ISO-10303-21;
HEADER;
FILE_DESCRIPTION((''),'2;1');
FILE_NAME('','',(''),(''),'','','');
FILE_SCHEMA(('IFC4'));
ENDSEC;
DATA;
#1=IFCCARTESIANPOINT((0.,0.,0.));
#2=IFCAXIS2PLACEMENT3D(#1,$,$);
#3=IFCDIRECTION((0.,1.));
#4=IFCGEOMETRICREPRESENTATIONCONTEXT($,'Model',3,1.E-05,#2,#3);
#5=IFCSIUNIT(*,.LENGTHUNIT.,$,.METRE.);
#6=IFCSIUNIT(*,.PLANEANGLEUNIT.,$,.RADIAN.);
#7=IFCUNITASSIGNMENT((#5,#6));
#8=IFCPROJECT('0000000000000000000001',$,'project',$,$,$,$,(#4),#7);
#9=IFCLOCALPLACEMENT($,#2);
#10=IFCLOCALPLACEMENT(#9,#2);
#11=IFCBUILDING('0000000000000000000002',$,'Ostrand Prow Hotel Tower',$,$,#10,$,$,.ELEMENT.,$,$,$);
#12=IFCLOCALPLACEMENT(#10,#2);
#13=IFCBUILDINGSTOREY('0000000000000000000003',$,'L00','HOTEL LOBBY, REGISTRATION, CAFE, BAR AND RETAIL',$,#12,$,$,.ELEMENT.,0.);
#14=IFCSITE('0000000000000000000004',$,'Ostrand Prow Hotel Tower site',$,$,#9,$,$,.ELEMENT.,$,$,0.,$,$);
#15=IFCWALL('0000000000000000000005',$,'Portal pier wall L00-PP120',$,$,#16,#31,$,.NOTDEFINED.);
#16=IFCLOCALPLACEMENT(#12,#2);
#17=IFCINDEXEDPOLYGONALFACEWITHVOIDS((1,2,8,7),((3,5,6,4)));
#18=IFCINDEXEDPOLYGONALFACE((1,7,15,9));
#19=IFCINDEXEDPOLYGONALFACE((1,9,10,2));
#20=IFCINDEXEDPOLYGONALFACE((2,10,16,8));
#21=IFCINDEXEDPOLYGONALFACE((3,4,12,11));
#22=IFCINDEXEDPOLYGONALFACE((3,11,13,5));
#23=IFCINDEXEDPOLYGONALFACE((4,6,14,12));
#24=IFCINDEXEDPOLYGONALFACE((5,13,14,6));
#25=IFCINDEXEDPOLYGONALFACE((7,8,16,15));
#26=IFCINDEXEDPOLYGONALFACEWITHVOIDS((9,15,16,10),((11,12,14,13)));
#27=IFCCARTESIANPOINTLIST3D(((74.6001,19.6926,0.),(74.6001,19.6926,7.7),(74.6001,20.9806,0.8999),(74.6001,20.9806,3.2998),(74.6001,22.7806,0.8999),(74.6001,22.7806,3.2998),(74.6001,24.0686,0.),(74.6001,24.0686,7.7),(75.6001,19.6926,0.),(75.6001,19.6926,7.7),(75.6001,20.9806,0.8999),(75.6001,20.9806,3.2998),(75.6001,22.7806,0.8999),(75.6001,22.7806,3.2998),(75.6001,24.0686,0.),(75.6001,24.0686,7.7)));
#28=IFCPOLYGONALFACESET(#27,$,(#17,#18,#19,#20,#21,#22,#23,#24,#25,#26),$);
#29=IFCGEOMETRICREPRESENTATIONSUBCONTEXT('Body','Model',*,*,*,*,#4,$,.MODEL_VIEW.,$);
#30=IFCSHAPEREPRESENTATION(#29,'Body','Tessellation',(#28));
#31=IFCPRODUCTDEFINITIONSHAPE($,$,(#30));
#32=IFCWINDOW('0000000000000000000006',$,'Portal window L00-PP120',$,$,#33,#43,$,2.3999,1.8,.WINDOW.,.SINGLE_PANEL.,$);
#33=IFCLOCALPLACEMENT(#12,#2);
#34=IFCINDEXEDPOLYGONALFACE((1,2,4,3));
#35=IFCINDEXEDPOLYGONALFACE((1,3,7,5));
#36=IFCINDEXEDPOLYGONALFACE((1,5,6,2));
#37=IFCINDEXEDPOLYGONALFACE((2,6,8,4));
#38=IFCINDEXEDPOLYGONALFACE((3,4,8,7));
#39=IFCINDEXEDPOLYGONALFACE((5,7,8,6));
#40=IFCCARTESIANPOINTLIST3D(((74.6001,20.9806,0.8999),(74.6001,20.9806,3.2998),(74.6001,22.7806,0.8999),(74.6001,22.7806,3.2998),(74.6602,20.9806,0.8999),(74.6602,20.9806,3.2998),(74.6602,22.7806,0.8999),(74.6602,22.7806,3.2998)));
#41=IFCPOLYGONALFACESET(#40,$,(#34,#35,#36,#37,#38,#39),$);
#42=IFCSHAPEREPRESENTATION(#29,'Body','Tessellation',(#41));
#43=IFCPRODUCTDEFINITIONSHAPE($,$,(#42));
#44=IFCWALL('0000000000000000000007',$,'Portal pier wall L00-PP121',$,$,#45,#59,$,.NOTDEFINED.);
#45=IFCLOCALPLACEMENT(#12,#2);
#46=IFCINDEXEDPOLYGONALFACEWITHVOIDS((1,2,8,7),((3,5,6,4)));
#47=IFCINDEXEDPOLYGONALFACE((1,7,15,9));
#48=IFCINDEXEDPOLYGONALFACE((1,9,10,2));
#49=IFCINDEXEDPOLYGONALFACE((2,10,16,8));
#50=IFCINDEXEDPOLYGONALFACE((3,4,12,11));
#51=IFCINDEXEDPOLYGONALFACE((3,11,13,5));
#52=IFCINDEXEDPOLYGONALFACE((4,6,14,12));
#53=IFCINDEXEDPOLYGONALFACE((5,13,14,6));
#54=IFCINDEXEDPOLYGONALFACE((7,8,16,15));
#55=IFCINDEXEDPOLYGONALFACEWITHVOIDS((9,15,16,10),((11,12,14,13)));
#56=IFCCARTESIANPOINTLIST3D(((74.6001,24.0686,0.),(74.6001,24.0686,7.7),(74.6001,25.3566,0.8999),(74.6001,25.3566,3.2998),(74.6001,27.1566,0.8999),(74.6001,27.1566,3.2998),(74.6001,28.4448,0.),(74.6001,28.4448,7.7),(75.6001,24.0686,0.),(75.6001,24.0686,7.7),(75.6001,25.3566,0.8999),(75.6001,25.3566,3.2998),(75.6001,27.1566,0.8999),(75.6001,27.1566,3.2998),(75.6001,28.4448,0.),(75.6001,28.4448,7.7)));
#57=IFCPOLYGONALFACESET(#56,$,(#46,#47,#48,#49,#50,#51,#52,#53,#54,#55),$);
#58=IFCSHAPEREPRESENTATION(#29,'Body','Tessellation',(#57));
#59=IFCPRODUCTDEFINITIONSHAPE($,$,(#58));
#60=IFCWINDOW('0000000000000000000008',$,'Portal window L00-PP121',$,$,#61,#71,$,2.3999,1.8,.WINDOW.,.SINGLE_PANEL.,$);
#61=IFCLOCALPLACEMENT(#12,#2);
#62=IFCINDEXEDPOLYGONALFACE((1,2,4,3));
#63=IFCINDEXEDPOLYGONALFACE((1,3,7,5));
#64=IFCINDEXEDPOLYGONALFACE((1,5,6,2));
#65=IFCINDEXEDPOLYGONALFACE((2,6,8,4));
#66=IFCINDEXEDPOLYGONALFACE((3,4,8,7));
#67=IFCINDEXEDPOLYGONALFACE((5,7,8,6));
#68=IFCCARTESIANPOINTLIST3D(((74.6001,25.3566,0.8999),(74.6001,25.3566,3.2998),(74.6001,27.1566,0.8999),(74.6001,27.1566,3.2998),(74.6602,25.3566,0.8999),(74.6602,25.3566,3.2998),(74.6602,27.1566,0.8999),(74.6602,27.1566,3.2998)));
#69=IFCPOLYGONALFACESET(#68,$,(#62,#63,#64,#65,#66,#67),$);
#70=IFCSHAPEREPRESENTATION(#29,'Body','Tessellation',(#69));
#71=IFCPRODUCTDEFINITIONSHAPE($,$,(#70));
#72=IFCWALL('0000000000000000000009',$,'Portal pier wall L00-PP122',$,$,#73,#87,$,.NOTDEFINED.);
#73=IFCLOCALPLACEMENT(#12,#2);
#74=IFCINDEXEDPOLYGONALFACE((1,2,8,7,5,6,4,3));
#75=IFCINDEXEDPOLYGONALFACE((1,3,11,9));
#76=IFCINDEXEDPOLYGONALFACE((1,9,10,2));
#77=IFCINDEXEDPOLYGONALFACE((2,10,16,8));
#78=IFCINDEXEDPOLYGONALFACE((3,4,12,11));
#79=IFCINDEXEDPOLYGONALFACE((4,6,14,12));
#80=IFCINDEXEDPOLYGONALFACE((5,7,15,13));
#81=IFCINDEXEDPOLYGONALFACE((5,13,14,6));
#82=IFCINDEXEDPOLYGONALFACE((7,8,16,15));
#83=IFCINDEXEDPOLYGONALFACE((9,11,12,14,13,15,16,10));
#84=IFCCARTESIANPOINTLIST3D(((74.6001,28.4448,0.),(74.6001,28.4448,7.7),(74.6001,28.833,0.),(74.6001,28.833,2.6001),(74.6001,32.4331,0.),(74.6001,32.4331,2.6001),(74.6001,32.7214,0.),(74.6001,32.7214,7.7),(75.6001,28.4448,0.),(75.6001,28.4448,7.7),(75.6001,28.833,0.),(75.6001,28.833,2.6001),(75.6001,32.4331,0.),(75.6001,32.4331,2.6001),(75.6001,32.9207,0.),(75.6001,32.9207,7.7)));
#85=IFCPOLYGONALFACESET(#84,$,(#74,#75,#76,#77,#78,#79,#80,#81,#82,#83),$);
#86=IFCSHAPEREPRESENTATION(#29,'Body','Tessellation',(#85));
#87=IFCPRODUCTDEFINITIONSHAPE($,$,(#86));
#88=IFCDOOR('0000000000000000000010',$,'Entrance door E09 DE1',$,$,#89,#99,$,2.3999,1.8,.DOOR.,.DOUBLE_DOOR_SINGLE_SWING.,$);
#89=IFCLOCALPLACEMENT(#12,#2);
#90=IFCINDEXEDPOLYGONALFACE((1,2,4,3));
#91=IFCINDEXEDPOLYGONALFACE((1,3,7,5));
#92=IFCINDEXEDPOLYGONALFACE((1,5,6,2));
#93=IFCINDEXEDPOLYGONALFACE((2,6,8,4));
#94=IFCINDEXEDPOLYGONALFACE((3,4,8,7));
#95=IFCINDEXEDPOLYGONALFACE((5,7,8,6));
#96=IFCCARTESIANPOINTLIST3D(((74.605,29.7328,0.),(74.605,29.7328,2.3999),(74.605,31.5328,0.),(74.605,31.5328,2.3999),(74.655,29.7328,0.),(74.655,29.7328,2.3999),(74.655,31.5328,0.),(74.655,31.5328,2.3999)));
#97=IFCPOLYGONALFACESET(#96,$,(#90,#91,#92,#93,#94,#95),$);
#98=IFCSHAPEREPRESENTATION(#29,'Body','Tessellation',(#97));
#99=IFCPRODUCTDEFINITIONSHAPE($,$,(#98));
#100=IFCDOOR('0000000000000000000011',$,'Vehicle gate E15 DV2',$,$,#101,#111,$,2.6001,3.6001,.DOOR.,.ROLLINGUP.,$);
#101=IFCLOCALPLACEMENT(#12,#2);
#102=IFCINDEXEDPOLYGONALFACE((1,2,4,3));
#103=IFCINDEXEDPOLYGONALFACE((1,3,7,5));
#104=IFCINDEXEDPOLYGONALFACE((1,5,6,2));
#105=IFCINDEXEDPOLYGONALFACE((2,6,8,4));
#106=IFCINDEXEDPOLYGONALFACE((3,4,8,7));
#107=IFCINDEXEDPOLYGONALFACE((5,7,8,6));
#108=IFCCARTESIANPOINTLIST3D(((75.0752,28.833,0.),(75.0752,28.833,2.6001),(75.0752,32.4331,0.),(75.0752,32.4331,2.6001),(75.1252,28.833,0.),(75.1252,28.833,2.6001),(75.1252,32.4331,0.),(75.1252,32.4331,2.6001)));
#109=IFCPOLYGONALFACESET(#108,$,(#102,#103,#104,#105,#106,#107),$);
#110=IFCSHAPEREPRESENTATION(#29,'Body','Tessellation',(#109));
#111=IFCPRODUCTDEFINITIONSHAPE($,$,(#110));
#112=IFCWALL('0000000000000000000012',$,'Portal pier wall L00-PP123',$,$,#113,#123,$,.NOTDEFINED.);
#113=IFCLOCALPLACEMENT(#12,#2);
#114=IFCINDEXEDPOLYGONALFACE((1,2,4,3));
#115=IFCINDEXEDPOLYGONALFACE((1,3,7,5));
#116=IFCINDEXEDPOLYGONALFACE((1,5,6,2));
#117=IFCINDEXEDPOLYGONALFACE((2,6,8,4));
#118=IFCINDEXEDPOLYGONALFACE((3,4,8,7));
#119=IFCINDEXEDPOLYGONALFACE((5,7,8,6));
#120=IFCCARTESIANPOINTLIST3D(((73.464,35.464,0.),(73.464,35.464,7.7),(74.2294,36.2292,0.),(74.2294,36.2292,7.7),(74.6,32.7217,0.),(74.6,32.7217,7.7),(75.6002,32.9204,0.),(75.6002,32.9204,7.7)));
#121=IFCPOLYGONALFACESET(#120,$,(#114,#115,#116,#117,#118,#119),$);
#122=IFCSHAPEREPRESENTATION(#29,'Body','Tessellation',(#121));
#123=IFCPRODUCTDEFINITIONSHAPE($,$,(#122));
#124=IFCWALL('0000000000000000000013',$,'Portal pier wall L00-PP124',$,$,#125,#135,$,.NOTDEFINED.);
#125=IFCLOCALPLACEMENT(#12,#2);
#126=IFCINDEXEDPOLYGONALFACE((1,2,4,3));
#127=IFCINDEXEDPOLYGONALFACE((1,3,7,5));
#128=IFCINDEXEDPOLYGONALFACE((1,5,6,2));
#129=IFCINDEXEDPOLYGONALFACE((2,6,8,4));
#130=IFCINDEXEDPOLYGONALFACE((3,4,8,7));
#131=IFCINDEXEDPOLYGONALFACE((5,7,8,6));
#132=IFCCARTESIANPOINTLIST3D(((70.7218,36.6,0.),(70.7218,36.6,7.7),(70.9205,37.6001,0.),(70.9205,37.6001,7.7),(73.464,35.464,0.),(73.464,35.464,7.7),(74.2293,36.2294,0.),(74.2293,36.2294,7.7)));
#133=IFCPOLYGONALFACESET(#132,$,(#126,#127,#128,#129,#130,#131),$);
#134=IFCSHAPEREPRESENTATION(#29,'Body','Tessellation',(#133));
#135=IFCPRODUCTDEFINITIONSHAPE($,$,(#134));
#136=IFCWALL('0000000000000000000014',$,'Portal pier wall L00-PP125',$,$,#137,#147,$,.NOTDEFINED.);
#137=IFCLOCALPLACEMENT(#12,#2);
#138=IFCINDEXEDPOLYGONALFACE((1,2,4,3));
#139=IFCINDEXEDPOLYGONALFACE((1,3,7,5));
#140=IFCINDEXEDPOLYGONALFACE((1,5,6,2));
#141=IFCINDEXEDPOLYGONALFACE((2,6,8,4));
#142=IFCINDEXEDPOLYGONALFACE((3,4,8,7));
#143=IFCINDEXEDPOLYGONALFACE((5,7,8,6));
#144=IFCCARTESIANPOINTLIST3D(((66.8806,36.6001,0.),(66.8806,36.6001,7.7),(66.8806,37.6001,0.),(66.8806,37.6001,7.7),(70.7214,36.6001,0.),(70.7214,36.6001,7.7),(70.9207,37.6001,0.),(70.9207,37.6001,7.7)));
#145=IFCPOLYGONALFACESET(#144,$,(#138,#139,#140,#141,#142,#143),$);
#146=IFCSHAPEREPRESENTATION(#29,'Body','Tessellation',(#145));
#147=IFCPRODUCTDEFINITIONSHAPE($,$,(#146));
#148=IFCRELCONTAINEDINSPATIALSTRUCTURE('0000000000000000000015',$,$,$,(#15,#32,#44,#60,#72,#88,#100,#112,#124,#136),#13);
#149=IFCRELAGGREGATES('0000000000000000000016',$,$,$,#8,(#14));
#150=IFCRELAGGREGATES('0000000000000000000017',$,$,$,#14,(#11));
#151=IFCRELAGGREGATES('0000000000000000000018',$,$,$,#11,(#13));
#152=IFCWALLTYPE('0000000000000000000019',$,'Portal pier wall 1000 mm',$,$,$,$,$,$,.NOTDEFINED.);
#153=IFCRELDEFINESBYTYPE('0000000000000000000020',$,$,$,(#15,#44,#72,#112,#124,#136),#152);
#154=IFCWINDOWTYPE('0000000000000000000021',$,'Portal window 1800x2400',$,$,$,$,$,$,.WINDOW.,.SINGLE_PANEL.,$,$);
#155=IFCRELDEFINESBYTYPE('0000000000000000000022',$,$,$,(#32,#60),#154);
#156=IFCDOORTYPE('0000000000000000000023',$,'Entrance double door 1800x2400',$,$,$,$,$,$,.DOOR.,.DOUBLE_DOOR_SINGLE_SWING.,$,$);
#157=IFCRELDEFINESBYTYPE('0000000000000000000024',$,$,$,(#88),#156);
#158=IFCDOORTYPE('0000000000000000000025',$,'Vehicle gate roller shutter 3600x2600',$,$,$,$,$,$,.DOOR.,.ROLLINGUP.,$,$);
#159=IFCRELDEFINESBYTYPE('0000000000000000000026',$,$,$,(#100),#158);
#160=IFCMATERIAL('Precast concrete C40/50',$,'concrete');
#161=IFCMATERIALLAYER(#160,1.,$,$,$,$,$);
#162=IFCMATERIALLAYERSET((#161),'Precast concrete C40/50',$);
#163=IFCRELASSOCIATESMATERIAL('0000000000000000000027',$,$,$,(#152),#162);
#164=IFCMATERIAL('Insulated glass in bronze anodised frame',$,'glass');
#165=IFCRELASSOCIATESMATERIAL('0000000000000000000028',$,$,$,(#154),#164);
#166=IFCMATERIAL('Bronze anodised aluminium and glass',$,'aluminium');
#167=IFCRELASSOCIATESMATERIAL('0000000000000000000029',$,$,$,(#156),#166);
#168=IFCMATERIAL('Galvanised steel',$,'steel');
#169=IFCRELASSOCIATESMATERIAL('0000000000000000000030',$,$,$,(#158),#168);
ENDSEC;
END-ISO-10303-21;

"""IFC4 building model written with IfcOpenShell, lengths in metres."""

from ifc_helpers import new_model, si_unit, direction, frame, frame_2d, origin, place, context, subcontext, project, spatial, polyline, rectangle, outline, extrude, material, layer, layer_set, type_object, element, fill, save


model = new_model("IFC4")

# Units and contexts
model_context = context("Model", 3, precision=1e-05, world=origin(), true_north=direction((0.0, 1.0)))
body_context = subcontext(model_context, "Body", "Model", "MODEL_VIEW")
ifc_project = project(units=[si_unit("LENGTHUNIT", "METRE"), si_unit("PLANEANGLEUNIT", "RADIAN")], contexts=[model_context])

# Site, building, storey
site_placement = place(None, origin())
site = spatial("IfcSite", under=ifc_project, at=site_placement, Name="Ostrand Prow Hotel Tower site", CompositionType="ELEMENT", RefElevation=0.0)
building_placement = place(site_placement, origin())
building = spatial("IfcBuilding", under=site, at=building_placement, Name="Ostrand Prow Hotel Tower", CompositionType="ELEMENT")
storey_placement = place(building_placement, origin())
storey = spatial("IfcBuildingStorey", under=building, at=storey_placement, Name="L00", Description="HOTEL LOBBY, REGISTRATION, CAFE, BAR AND RETAIL", CompositionType="ELEMENT", Elevation=0.0)

# Walls, openings, windows
ifc_material_1 = material(Name="Precast concrete C40/50", Category="concrete")
ifc_layer_1 = layer(ifc_material_1, 1.0)
ifc_layer_set_1 = layer_set([ifc_layer_1], Name="Precast concrete C40/50")
wall_type_1 = type_object("IfcWallType", Name="Portal pier wall 1000 mm", PredefinedType="NOTDEFINED", material=ifc_layer_set_1)
ifc_material_2 = material(Name="Insulated glass in bronze anodised frame", Category="glass")
window_type = type_object("IfcWindowType", Name="Portal window 1800x2400", PartitioningType="SINGLE_PANEL", PredefinedType="WINDOW", material=ifc_material_2)
wall_1_placement = place(storey_placement, frame((75.1001, 19.6926, 0.0), z_axis=(0.0, 0.0, 1.0), x_axis=(0.0, 1.0, 0.0)))
wall_1 = element("IfcWall", 1, at=wall_1_placement, inside=storey, type_object=wall_type_1, Name="Portal pier wall L00-PP120", PredefinedType="NOTDEFINED", context=body_context, shape_type="SweptSolid", body=[
    extrude(outline(polyline([(0.0, -0.5), (4.376, -0.5), (4.376, 0.5), (0.0, 0.5), (0.0, -0.5)])), origin(), (0.0, 0.0, 1.0), 7.7),
])
opening_1_placement = place(wall_1_placement, frame((1.2881, 0.0, 0.8999)))
opening_1 = element("IfcOpeningElement", 2, at=opening_1_placement, cuts=wall_1, PredefinedType="OPENING", context=body_context, shape_type="SweptSolid", body=[
    extrude(rectangle(XDim=1.8, YDim=2.3999, at=frame_2d((0.8999, 1.2))), frame((0.0, 0.51, 0.0), z_axis=(0.0, -1.0, 0.0), x_axis=(1.0, 0.0, 0.0)), (0.0, 0.0, 1.0), 1.02),
])
window_1_placement = place(opening_1_placement, origin())
window_1 = element("IfcWindow", 3, at=window_1_placement, inside=storey, type_object=window_type, Name="Portal window L00-PP120", OverallHeight=2.3999, OverallWidth=1.8, PartitioningType="SINGLE_PANEL", PredefinedType="WINDOW", context=body_context, shape_type="SweptSolid", body=[
    extrude(rectangle(XDim=1.8, YDim=2.3999, at=frame_2d((0.8999, 1.2))), frame((0.0, 0.5, 0.0), z_axis=(0.0, -1.0, 0.0), x_axis=(1.0, 0.0, 0.0)), (0.0, 0.0, 1.0), 0.0601),
])
fill(opening_1, window_1)
wall_2_placement = place(storey_placement, frame((75.1001, 24.0686, 0.0), z_axis=(0.0, 0.0, 1.0), x_axis=(0.0, 1.0, 0.0)))
wall_2 = element("IfcWall", 4, at=wall_2_placement, inside=storey, type_object=wall_type_1, Name="Portal pier wall L00-PP121", PredefinedType="NOTDEFINED", context=body_context, shape_type="SweptSolid", body=[
    extrude(outline(polyline([(0.0, -0.5), (4.3762, -0.5), (4.3762, 0.5), (0.0, 0.5), (0.0, -0.5)])), origin(), (0.0, 0.0, 1.0), 7.7),
])
opening_2_placement = place(wall_2_placement, frame((1.2881, 0.0, 0.8999)))
opening_2 = element("IfcOpeningElement", 5, at=opening_2_placement, cuts=wall_2, PredefinedType="OPENING", context=body_context, shape_type="SweptSolid", body=[
    extrude(rectangle(XDim=1.8, YDim=2.3999, at=frame_2d((0.8999, 1.2))), frame((0.0, 0.51, 0.0), z_axis=(0.0, -1.0, 0.0), x_axis=(1.0, 0.0, 0.0)), (0.0, 0.0, 1.0), 1.02),
])
window_2_placement = place(opening_2_placement, origin())
window_2 = element("IfcWindow", 6, at=window_2_placement, inside=storey, type_object=window_type, Name="Portal window L00-PP121", OverallHeight=2.3999, OverallWidth=1.8, PartitioningType="SINGLE_PANEL", PredefinedType="WINDOW", context=body_context, shape_type="SweptSolid", body=[
    extrude(rectangle(XDim=1.8, YDim=2.3999, at=frame_2d((0.8999, 1.2))), frame((0.0, 0.5, 0.0), z_axis=(0.0, -1.0, 0.0), x_axis=(1.0, 0.0, 0.0)), (0.0, 0.0, 1.0), 0.0601),
])
fill(opening_2, window_2)

# Wall, openings, doors
wall_3_placement = place(storey_placement, frame((75.1001, 28.4448, 0.0), z_axis=(0.0, 0.0, 1.0), x_axis=(0.0, 1.0, 0.0)))
wall_3 = element("IfcWall", 7, at=wall_3_placement, inside=storey, type_object=wall_type_1, Name="Portal pier wall L00-PP122", PredefinedType="NOTDEFINED", context=body_context, shape_type="SweptSolid", body=[
    extrude(outline(polyline([(0.0, -0.5), (4.4758, -0.5), (4.2766, 0.5), (0.0, 0.5), (0.0, -0.5)])), origin(), (0.0, 0.0, 1.0), 7.7),
])
opening_3_placement = place(wall_3_placement, frame((1.2881, 0.0, 0.0)))
opening_3 = element("IfcOpeningElement", 8, at=opening_3_placement, cuts=wall_3, PredefinedType="OPENING", context=body_context, shape_type="SweptSolid", body=[
    extrude(rectangle(XDim=1.8, YDim=2.3999, at=frame_2d((0.8999, 1.2))), frame((0.0, 0.51, 0.0), z_axis=(0.0, -1.0, 0.0), x_axis=(1.0, 0.0, 0.0)), (0.0, 0.0, 1.0), 1.02),
])
opening_4_placement = place(wall_3_placement, frame((0.3882, 0.0, 0.0)))
opening_4 = element("IfcOpeningElement", 9, at=opening_4_placement, cuts=wall_3, PredefinedType="OPENING", context=body_context, shape_type="SweptSolid", body=[
    extrude(rectangle(XDim=3.6001, YDim=2.6001, at=frame_2d((1.8, 1.3))), frame((0.0, 0.51, 0.0), z_axis=(0.0, -1.0, 0.0), x_axis=(1.0, 0.0, 0.0)), (0.0, 0.0, 1.0), 1.02),
])
ifc_material_3 = material(Name="Bronze anodised aluminium and glass", Category="aluminium")
door_type_1 = type_object("IfcDoorType", Name="Entrance double door 1800x2400", OperationType="DOUBLE_DOOR_SINGLE_SWING", PredefinedType="DOOR", material=ifc_material_3)
door_1_placement = place(opening_3_placement, origin())
door_1 = element("IfcDoor", 10, at=door_1_placement, inside=storey, type_object=door_type_1, Name="Entrance door E09 DE1", OperationType="DOUBLE_DOOR_SINGLE_SWING", OverallHeight=2.3999, OverallWidth=1.8, PredefinedType="DOOR", context=body_context, shape_type="SweptSolid", body=[
    extrude(rectangle(XDim=1.8, YDim=2.3999, at=frame_2d((0.8999, 1.2))), frame((0.0, 0.4951, 0.0), z_axis=(0.0, -1.0, 0.0), x_axis=(1.0, 0.0, 0.0)), (0.0, 0.0, 1.0), 0.05),
])
fill(opening_3, door_1)
ifc_material_4 = material(Name="Galvanised steel", Category="steel")
door_type_2 = type_object("IfcDoorType", Name="Vehicle gate roller shutter 3600x2600", OperationType="ROLLINGUP", PredefinedType="DOOR", material=ifc_material_4)
door_2_placement = place(opening_4_placement, origin())
door_2 = element("IfcDoor", 11, at=door_2_placement, inside=storey, type_object=door_type_2, Name="Vehicle gate E15 DV2", OperationType="ROLLINGUP", OverallHeight=2.6001, OverallWidth=3.6001, PredefinedType="DOOR", context=body_context, shape_type="SweptSolid", body=[
    extrude(rectangle(XDim=3.6001, YDim=2.6001, at=frame_2d((1.8, 1.3))), frame((0.0, 0.0249, 0.0), z_axis=(0.0, -1.0, 0.0), x_axis=(1.0, 0.0, 0.0)), (0.0, 0.0, 1.0), 0.05),
])
fill(opening_4, door_2)

# Walls
wall_4_placement = place(storey_placement, frame((75.1001, 32.821, 0.0), z_axis=(0.0, 0.0, 1.0), x_axis=(-0.382725, 0.923862, 0.0)))
element("IfcWall", 12, at=wall_4_placement, inside=storey, type_object=wall_type_1, Name="Portal pier wall L00-PP123", PredefinedType="NOTDEFINED", context=body_context, shape_type="SweptSolid", body=[
    extrude(outline(polyline([(-0.0996, -0.5), (3.4819, -0.5), (3.0679, 0.5), (0.0996, 0.5), (-0.0996, -0.5)])), origin(), (0.0, 0.0, 1.0), 7.7),
])
wall_5_placement = place(storey_placement, frame((73.8467, 35.8467, 0.0), z_axis=(0.0, 0.0, 1.0), x_axis=(-0.923862, 0.382725, 0.0)))
element("IfcWall", 13, at=wall_5_placement, inside=storey, type_object=wall_type_1, Name="Portal pier wall L00-PP124", PredefinedType="NOTDEFINED", context=body_context, shape_type="SweptSolid", body=[
    extrude(outline(polyline([(-0.207, -0.5), (3.3745, -0.5), (3.1753, 0.5), (0.207, 0.5), (-0.207, -0.5)])), origin(), (0.0, 0.0, 1.0), 7.7),
])
wall_6_placement = place(storey_placement, frame((70.821, 37.1001, 0.0), z_axis=(0.0, 0.0, 1.0), x_axis=(-1.0, 0.0, 0.0)))
element("IfcWall", 14, at=wall_6_placement, inside=storey, type_object=wall_type_1, Name="Portal pier wall L00-PP125", PredefinedType="NOTDEFINED", context=body_context, shape_type="SweptSolid", body=[
    extrude(outline(polyline([(-0.0996, -0.5), (3.9404, -0.5), (3.9404, 0.5), (0.0996, 0.5), (-0.0996, -0.5)])), origin(), (0.0, 0.0, 1.0), 7.7),
])

save(model, "model.ifc")
